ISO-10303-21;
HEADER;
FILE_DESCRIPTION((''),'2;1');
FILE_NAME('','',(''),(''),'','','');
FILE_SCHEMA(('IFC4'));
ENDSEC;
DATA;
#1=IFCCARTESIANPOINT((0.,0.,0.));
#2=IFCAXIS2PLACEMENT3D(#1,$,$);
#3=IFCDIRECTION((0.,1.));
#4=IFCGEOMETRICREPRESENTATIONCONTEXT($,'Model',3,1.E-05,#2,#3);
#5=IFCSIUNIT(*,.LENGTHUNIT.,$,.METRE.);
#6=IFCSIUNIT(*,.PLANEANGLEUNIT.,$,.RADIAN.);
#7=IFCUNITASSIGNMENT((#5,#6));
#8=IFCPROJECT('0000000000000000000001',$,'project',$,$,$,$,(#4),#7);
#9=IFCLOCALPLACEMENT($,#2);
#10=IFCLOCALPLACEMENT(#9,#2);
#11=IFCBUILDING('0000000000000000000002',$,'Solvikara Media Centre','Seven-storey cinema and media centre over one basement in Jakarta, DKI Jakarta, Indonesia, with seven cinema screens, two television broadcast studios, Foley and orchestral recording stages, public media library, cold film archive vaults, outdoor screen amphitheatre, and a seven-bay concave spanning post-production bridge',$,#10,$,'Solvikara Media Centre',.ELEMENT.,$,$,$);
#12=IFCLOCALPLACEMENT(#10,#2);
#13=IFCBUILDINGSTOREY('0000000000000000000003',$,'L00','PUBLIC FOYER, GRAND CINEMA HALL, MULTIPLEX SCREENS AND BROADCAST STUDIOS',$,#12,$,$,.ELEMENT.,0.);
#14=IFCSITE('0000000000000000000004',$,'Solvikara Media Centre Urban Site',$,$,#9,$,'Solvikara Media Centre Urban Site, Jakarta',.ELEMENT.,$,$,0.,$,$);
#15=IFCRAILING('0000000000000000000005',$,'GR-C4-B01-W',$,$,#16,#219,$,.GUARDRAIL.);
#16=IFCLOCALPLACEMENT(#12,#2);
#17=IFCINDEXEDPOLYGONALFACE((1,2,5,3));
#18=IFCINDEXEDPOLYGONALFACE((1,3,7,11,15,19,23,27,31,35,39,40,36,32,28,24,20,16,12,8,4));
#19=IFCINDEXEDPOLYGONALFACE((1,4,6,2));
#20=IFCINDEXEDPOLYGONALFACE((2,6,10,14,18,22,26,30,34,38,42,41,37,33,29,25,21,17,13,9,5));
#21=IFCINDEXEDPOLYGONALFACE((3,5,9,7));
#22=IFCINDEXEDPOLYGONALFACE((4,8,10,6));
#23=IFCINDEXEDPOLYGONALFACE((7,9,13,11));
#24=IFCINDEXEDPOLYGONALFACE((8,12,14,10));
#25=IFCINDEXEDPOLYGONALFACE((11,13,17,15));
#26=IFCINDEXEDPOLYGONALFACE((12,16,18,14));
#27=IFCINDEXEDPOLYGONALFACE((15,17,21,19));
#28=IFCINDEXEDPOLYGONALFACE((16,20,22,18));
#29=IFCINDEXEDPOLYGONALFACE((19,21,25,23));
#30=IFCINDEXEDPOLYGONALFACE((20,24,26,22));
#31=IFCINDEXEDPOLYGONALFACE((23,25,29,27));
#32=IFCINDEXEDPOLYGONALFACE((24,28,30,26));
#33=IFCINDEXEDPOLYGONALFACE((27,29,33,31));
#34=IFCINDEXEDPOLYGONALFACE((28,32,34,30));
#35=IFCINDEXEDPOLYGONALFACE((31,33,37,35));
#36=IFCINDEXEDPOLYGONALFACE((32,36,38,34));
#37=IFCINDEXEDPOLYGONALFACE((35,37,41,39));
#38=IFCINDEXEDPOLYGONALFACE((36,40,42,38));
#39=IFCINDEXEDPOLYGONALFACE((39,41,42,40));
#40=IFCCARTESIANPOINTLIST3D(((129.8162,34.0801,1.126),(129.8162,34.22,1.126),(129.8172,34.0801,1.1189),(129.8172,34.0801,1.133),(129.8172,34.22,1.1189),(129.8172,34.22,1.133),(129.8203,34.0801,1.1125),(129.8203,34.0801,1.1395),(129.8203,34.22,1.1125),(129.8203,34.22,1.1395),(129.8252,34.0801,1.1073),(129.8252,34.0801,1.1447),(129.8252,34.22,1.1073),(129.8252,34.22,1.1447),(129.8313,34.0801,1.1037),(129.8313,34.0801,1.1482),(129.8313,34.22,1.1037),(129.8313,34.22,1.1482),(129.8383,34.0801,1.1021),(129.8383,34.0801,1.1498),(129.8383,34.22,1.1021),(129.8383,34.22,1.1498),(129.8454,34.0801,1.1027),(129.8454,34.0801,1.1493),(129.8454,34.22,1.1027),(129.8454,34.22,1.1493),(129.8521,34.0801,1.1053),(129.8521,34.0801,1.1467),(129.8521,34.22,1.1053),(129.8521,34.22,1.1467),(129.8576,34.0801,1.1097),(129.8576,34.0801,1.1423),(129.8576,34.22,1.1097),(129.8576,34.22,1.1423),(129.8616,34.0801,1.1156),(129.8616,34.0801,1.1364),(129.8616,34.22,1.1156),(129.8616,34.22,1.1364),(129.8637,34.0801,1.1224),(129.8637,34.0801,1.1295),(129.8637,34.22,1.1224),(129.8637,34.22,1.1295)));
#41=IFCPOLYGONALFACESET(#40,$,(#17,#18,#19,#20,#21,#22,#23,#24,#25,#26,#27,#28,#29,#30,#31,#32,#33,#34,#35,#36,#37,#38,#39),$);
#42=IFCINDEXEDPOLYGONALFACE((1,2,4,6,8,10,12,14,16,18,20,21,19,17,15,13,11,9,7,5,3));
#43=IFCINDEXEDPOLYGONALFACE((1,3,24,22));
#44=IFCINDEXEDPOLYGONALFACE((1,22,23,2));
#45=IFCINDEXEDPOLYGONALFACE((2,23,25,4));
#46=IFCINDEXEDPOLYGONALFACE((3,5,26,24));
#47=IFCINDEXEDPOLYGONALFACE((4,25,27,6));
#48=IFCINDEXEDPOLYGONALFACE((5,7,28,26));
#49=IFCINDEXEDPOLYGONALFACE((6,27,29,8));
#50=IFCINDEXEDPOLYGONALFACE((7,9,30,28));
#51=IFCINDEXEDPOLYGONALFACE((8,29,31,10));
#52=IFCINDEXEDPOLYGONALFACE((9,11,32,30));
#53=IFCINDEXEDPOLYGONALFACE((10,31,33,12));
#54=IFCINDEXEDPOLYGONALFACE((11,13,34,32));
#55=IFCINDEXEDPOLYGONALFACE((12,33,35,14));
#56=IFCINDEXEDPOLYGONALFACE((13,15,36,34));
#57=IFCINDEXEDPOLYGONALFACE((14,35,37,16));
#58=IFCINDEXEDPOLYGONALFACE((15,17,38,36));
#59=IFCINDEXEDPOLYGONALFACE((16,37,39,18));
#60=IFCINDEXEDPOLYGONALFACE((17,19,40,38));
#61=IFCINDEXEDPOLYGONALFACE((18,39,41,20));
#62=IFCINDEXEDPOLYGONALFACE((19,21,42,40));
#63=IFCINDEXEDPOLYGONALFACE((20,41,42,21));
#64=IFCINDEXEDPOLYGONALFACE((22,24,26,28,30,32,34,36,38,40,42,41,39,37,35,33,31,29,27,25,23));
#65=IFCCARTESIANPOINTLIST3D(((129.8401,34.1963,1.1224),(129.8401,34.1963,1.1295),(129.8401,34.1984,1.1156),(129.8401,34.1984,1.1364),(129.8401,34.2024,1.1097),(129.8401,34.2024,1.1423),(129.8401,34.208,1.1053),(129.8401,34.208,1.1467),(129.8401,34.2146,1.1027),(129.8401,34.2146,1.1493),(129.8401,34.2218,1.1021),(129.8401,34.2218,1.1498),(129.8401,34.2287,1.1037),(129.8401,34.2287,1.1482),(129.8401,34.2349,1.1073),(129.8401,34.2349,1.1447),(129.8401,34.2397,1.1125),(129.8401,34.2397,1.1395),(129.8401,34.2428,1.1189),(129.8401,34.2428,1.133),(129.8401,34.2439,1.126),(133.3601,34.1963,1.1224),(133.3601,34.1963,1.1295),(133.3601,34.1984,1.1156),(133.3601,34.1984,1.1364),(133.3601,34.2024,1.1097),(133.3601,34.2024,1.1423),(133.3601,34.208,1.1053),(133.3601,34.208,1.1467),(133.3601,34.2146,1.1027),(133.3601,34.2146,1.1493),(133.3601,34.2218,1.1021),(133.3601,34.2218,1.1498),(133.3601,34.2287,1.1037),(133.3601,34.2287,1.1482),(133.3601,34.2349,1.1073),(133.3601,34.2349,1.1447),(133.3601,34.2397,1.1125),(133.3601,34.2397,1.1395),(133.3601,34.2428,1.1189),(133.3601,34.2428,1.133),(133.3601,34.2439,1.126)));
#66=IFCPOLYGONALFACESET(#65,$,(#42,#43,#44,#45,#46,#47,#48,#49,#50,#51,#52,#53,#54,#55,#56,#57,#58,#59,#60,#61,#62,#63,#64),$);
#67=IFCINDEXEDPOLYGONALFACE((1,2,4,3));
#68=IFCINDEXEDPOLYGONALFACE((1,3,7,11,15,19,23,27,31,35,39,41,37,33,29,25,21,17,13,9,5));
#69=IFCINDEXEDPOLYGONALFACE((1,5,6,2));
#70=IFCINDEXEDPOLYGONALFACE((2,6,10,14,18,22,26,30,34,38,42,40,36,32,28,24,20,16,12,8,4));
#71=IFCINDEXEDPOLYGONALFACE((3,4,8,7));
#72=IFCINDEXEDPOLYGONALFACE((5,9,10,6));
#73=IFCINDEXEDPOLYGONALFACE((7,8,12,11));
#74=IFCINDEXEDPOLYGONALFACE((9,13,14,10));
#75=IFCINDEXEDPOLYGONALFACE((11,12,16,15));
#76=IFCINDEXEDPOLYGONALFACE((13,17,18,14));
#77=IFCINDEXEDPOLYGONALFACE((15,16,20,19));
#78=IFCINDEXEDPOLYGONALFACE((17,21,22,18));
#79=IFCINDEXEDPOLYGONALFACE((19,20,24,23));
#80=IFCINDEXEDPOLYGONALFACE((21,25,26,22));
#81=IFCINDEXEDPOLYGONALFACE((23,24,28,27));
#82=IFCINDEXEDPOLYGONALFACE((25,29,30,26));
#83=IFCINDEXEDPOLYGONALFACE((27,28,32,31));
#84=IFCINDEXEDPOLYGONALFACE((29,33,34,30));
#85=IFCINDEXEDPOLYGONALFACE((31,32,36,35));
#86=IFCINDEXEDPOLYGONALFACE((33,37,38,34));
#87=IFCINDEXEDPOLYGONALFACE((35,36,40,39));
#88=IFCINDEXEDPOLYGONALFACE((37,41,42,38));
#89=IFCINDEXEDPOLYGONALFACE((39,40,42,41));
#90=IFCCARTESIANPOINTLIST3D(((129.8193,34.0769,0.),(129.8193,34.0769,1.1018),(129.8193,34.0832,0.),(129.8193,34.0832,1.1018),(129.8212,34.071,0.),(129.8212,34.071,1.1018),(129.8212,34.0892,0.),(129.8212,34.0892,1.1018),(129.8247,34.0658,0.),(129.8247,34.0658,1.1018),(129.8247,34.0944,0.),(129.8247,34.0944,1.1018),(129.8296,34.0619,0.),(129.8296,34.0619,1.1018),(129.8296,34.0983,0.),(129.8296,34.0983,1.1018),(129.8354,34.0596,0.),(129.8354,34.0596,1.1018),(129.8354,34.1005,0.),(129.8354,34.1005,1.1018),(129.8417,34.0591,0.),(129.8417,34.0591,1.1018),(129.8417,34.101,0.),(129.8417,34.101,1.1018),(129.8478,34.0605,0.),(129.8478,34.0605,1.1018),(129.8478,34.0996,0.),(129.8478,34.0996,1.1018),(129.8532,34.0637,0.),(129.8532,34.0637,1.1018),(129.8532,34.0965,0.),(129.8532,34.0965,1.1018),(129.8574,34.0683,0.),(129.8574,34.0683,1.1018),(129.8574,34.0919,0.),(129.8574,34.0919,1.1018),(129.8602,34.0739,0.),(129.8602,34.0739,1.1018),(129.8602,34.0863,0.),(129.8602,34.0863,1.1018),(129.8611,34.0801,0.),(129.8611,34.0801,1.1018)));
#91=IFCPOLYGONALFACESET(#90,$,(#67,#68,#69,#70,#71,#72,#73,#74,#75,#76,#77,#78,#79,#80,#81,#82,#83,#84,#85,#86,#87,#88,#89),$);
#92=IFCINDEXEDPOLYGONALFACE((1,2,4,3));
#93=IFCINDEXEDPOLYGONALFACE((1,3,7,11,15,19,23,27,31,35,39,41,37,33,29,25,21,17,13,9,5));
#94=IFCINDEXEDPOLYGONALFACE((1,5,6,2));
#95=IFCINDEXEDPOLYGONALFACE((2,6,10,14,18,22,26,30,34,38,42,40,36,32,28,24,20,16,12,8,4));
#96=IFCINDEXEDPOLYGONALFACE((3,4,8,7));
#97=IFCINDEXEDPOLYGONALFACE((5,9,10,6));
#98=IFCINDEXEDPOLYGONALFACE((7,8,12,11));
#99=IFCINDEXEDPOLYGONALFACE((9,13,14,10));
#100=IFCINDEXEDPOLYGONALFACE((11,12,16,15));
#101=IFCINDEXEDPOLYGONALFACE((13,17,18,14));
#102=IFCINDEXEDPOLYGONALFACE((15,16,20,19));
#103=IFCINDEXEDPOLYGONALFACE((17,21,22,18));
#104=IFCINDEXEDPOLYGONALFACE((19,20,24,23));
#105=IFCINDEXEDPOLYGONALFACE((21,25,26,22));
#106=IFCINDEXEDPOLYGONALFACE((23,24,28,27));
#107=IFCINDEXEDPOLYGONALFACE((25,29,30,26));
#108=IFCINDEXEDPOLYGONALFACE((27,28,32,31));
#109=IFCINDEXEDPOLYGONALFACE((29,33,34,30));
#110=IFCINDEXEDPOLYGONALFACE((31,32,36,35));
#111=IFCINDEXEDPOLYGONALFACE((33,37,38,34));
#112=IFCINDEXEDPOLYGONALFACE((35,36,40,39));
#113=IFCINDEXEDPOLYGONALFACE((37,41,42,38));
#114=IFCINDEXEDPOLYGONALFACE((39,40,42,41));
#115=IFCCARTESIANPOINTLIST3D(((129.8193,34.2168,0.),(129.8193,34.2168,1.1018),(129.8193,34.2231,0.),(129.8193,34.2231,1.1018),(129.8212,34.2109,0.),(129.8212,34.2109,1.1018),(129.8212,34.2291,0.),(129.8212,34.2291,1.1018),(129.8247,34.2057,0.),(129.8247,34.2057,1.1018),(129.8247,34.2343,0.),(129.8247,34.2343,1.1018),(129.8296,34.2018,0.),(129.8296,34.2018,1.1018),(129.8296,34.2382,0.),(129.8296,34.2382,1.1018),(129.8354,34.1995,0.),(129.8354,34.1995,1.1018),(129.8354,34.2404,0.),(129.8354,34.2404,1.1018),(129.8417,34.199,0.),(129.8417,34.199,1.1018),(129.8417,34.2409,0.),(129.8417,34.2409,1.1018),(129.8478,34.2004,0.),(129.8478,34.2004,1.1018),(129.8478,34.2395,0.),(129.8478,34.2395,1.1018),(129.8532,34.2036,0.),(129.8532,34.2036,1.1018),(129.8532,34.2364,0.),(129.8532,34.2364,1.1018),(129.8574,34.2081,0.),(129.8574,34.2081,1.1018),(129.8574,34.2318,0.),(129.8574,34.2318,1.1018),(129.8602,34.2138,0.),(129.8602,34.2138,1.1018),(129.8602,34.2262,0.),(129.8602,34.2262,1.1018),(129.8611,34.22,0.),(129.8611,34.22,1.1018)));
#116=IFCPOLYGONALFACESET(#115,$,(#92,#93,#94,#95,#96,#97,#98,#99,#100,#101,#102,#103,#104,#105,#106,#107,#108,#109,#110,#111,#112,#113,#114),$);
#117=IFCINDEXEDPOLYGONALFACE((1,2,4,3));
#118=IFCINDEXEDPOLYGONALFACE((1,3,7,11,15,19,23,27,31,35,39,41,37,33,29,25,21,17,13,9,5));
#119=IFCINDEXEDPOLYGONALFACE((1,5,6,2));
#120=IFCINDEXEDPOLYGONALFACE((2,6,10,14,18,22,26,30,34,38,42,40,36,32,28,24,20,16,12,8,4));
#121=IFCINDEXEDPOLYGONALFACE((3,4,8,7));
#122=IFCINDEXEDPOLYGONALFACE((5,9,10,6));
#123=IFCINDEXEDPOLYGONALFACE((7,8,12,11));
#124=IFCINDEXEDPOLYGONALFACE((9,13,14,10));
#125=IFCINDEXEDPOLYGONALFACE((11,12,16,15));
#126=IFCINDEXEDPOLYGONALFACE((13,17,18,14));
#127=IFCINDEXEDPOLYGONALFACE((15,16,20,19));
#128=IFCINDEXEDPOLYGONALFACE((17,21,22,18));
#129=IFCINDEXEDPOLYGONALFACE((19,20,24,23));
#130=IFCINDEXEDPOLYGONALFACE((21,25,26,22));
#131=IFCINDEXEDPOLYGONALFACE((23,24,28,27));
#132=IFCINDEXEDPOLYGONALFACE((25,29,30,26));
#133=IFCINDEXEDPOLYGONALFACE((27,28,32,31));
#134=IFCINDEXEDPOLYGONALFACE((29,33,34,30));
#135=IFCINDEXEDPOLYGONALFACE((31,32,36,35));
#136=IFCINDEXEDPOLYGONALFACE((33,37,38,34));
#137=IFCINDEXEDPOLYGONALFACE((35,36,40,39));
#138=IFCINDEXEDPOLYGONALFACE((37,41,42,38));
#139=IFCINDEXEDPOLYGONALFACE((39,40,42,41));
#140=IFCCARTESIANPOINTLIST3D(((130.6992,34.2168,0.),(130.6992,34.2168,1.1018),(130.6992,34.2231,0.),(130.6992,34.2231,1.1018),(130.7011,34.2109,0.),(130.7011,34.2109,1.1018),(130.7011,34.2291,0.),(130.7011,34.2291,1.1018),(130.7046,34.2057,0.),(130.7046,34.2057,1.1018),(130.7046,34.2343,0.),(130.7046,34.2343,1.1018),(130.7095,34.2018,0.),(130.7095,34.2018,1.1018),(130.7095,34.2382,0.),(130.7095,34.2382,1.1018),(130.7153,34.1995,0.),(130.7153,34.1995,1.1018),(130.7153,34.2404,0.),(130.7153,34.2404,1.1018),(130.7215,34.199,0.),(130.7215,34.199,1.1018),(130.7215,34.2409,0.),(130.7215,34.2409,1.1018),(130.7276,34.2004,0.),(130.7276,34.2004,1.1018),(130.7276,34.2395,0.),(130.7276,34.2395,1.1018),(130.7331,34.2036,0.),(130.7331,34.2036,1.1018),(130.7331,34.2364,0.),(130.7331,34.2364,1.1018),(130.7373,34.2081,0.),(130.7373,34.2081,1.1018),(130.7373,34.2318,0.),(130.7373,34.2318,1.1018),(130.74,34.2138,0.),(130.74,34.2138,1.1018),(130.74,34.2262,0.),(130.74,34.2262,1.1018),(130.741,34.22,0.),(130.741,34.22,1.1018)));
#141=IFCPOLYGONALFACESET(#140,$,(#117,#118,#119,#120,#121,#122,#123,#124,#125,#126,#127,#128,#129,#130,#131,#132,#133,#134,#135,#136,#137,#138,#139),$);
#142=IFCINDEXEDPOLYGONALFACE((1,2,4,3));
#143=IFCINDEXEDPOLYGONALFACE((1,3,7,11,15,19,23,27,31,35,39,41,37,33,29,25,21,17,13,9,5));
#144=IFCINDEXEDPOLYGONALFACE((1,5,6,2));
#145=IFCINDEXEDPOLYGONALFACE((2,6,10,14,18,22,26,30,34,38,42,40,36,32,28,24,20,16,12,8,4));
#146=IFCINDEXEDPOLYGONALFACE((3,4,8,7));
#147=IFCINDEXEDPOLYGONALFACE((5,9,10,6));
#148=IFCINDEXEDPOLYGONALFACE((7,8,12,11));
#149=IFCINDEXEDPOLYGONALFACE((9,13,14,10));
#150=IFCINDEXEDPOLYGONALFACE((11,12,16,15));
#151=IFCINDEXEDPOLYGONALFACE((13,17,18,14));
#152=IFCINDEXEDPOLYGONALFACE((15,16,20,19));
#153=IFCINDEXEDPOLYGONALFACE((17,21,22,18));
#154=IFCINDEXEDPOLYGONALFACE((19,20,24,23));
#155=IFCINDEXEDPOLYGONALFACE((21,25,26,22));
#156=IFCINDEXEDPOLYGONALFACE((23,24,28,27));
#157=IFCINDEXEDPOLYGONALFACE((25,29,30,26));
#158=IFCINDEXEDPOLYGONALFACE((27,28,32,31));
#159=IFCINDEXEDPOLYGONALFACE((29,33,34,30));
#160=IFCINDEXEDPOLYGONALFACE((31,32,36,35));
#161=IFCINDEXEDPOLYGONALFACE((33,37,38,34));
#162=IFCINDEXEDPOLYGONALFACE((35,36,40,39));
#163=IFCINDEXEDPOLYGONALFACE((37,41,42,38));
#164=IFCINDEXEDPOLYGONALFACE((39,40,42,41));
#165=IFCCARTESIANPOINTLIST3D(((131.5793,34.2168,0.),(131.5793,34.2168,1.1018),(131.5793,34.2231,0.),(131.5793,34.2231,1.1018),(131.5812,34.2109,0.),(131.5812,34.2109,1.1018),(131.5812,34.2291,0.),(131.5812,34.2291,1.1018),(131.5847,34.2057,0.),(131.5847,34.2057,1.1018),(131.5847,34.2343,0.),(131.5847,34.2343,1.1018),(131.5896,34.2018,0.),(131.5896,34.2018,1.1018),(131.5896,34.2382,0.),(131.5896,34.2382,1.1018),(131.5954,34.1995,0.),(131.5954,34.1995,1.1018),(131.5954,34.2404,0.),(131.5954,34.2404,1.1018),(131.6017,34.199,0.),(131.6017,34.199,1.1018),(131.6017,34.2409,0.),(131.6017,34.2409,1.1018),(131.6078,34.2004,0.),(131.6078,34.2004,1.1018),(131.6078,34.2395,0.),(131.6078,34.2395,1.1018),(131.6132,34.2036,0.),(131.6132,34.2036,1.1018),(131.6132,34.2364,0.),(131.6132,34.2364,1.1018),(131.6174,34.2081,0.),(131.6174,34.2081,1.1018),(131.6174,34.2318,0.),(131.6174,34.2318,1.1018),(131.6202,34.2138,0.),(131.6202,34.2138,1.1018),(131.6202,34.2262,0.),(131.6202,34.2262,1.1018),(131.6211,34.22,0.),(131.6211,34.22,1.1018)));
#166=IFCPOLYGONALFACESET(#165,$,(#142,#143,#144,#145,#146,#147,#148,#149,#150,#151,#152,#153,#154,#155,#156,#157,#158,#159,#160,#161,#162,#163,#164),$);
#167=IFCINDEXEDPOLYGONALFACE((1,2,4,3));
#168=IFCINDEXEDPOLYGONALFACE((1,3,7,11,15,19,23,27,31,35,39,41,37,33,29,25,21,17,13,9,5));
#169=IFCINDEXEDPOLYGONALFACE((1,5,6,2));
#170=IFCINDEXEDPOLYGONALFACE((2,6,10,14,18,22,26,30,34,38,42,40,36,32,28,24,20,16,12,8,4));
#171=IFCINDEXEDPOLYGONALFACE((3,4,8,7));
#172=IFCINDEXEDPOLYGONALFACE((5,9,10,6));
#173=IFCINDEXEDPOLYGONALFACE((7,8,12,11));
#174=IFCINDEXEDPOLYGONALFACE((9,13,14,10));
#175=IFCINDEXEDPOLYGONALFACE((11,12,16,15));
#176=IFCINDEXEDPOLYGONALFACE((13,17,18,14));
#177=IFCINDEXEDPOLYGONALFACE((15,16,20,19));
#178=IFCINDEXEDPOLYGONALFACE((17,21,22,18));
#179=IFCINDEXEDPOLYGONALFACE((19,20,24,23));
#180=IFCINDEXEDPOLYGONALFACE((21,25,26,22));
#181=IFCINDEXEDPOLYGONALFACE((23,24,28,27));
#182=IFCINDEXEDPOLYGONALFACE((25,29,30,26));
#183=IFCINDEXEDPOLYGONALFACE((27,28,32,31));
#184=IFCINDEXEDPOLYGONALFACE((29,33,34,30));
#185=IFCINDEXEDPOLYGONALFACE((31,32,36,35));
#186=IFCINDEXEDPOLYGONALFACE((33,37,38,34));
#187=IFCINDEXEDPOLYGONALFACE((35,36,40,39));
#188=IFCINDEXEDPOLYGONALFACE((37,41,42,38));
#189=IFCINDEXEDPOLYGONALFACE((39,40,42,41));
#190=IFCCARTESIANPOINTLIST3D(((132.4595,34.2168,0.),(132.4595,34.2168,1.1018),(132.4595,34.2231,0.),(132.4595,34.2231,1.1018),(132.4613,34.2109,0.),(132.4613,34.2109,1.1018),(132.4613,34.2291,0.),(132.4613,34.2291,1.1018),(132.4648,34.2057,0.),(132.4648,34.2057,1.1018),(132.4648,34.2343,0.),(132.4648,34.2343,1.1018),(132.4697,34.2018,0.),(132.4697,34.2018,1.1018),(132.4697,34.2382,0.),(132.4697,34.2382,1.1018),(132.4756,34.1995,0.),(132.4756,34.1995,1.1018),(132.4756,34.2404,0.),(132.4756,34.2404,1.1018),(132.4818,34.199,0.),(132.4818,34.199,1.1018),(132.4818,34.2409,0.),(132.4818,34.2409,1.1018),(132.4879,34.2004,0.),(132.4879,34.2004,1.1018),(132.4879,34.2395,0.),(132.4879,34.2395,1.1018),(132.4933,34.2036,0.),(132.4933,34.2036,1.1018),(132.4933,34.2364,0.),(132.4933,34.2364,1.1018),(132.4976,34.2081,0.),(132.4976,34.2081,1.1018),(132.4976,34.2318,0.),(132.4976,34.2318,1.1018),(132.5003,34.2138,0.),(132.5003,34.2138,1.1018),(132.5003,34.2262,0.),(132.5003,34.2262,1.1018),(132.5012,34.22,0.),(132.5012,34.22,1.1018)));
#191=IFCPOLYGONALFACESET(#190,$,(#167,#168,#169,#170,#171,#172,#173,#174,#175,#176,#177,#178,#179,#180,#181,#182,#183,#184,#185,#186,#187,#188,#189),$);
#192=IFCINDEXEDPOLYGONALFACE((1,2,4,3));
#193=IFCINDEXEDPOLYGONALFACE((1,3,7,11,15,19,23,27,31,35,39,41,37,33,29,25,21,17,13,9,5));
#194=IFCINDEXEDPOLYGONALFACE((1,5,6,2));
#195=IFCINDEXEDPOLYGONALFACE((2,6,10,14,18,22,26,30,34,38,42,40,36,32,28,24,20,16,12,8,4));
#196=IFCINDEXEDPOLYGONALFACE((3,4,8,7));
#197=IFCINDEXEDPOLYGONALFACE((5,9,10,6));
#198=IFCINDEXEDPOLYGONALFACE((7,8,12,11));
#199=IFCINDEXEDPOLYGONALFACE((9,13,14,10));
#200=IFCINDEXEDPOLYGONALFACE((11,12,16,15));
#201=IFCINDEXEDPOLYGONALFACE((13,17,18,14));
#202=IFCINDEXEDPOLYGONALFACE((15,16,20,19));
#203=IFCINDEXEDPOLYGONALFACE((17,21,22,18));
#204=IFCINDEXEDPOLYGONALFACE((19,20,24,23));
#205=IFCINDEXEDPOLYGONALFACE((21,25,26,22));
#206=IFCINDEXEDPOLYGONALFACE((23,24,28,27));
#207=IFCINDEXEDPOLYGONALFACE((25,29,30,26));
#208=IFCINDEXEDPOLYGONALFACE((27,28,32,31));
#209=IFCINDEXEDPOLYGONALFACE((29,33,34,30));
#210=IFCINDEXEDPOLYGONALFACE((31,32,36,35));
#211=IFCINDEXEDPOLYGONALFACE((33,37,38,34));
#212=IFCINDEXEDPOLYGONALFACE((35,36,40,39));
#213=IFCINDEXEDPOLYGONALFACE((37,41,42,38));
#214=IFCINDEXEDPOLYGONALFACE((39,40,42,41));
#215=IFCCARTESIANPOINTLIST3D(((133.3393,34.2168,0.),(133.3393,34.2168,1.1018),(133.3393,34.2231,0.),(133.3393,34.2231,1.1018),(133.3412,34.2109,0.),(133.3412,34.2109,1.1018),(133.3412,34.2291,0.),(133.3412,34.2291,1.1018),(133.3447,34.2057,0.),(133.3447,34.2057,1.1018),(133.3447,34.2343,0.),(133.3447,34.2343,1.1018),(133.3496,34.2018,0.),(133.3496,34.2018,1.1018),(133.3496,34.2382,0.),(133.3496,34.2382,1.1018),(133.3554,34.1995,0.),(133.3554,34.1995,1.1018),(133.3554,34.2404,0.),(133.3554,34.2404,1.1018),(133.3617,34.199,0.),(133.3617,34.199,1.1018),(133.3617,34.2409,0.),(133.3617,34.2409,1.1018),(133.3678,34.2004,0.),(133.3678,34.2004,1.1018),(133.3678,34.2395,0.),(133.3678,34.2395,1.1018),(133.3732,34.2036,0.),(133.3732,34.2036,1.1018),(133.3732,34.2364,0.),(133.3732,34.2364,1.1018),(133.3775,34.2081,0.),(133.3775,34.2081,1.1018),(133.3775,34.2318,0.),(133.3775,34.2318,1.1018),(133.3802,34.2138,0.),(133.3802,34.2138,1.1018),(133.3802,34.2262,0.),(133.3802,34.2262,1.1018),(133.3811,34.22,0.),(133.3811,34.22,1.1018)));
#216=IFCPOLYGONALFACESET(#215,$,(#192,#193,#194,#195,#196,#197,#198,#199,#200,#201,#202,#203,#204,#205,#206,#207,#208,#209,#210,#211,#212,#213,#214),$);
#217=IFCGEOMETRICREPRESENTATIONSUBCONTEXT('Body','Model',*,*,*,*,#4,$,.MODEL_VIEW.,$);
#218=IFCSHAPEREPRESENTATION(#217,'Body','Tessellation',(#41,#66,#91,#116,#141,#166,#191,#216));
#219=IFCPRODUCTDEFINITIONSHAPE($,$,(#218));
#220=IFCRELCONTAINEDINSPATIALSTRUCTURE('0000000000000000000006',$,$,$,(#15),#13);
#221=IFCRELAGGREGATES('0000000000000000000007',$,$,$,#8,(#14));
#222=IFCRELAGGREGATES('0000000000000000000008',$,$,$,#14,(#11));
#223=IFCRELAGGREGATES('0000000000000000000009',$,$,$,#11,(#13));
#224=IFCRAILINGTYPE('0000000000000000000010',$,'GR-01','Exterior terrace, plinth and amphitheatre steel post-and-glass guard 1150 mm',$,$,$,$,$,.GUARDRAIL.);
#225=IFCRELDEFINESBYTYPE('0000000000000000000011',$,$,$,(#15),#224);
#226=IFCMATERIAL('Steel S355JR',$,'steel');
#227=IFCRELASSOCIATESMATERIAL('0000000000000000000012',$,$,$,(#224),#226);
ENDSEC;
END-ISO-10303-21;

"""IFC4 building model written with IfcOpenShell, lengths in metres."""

from ifc_helpers import new_model, si_unit, direction, frame, origin, origin_2d, place, context, subcontext, project, spatial, circle, extrude, material, type_object, element, save


model = new_model("IFC4")

# Units and contexts
model_context = context("Model", 3, precision=1e-05, world=origin(), true_north=direction((0.0, 1.0)))
body_context = subcontext(model_context, "Body", "Model", "MODEL_VIEW")
ifc_project = project(units=[si_unit("LENGTHUNIT", "METRE"), si_unit("PLANEANGLEUNIT", "RADIAN")], contexts=[model_context])

# Site, building, storey
site_placement = place(None, origin())
site = spatial("IfcSite", under=ifc_project, at=site_placement, Name="Solvikara Media Centre Urban Site", LongName="Solvikara Media Centre Urban Site, Jakarta", CompositionType="ELEMENT", RefElevation=0.0)
building_placement = place(site_placement, origin())
building = spatial("IfcBuilding", under=site, at=building_placement, Name="Solvikara Media Centre", Description="Seven-storey cinema and media centre over one basement in Jakarta, DKI Jakarta, Indonesia, with seven cinema screens, two television broadcast studios, Foley and orchestral recording stages, public media library, cold film archive vaults, outdoor screen amphitheatre, and a seven-bay concave spanning post-production bridge", LongName="Solvikara Media Centre", CompositionType="ELEMENT")
storey_placement = place(building_placement, origin())
storey = spatial("IfcBuildingStorey", under=building, at=storey_placement, Name="L00", Description="PUBLIC FOYER, GRAND CINEMA HALL, MULTIPLEX SCREENS AND BROADCAST STUDIOS", CompositionType="ELEMENT", Elevation=0.0)

# Shared definitions
ifc_material_1 = material(Name="Steel S355JR", Category="steel")

# Railing
railing_type_1 = type_object("IfcRailingType", Name="GR-01", Description="Exterior terrace, plinth and amphitheatre steel post-and-glass guard 1150 mm", PredefinedType="GUARDRAIL", material=ifc_material_1)
railing_1_placement = place(storey_placement, frame((129.8401, 34.0801, 0.0)))
element("IfcRailing", 1, at=railing_1_placement, inside=storey, type_object=railing_type_1, Name="GR-C4-B01-W", PredefinedType="GUARDRAIL", context=body_context, shape_type="SweptSolid", body=[
    extrude(circle(Radius=0.0239, at=origin_2d()), frame((0.0, 0.0, 1.126), z_axis=(0.0, 1.0, 0.0), x_axis=(-1.0, 0.0, 0.0)), (0.0, 0.0, 1.0), 0.1399),
    extrude(circle(Radius=0.0239, at=origin_2d()), frame((0.0, 0.1399, 1.126), z_axis=(1.0, 0.0, 0.0), x_axis=(0.0, 1.0, 0.0)), (0.0, 0.0, 1.0), 3.52),
    extrude(circle(Radius=0.021, at=origin_2d()), origin(), (0.0, 0.0, 1.0), 1.1018),
    extrude(circle(Radius=0.021, at=origin_2d()), frame((0.0, 0.1399, 0.0)), (0.0, 0.0, 1.0), 1.1018),
    extrude(circle(Radius=0.021, at=origin_2d()), frame((0.8799, 0.1399, 0.0)), (0.0, 0.0, 1.0), 1.1018),
    extrude(circle(Radius=0.021, at=origin_2d()), frame((1.76, 0.1399, 0.0)), (0.0, 0.0, 1.0), 1.1018),
    extrude(circle(Radius=0.021, at=origin_2d()), frame((2.6401, 0.1399, 0.0)), (0.0, 0.0, 1.0), 1.1018),
    extrude(circle(Radius=0.021, at=origin_2d()), frame((3.52, 0.1399, 0.0)), (0.0, 0.0, 1.0), 1.1018),
])

save(model, "model.ifc")
